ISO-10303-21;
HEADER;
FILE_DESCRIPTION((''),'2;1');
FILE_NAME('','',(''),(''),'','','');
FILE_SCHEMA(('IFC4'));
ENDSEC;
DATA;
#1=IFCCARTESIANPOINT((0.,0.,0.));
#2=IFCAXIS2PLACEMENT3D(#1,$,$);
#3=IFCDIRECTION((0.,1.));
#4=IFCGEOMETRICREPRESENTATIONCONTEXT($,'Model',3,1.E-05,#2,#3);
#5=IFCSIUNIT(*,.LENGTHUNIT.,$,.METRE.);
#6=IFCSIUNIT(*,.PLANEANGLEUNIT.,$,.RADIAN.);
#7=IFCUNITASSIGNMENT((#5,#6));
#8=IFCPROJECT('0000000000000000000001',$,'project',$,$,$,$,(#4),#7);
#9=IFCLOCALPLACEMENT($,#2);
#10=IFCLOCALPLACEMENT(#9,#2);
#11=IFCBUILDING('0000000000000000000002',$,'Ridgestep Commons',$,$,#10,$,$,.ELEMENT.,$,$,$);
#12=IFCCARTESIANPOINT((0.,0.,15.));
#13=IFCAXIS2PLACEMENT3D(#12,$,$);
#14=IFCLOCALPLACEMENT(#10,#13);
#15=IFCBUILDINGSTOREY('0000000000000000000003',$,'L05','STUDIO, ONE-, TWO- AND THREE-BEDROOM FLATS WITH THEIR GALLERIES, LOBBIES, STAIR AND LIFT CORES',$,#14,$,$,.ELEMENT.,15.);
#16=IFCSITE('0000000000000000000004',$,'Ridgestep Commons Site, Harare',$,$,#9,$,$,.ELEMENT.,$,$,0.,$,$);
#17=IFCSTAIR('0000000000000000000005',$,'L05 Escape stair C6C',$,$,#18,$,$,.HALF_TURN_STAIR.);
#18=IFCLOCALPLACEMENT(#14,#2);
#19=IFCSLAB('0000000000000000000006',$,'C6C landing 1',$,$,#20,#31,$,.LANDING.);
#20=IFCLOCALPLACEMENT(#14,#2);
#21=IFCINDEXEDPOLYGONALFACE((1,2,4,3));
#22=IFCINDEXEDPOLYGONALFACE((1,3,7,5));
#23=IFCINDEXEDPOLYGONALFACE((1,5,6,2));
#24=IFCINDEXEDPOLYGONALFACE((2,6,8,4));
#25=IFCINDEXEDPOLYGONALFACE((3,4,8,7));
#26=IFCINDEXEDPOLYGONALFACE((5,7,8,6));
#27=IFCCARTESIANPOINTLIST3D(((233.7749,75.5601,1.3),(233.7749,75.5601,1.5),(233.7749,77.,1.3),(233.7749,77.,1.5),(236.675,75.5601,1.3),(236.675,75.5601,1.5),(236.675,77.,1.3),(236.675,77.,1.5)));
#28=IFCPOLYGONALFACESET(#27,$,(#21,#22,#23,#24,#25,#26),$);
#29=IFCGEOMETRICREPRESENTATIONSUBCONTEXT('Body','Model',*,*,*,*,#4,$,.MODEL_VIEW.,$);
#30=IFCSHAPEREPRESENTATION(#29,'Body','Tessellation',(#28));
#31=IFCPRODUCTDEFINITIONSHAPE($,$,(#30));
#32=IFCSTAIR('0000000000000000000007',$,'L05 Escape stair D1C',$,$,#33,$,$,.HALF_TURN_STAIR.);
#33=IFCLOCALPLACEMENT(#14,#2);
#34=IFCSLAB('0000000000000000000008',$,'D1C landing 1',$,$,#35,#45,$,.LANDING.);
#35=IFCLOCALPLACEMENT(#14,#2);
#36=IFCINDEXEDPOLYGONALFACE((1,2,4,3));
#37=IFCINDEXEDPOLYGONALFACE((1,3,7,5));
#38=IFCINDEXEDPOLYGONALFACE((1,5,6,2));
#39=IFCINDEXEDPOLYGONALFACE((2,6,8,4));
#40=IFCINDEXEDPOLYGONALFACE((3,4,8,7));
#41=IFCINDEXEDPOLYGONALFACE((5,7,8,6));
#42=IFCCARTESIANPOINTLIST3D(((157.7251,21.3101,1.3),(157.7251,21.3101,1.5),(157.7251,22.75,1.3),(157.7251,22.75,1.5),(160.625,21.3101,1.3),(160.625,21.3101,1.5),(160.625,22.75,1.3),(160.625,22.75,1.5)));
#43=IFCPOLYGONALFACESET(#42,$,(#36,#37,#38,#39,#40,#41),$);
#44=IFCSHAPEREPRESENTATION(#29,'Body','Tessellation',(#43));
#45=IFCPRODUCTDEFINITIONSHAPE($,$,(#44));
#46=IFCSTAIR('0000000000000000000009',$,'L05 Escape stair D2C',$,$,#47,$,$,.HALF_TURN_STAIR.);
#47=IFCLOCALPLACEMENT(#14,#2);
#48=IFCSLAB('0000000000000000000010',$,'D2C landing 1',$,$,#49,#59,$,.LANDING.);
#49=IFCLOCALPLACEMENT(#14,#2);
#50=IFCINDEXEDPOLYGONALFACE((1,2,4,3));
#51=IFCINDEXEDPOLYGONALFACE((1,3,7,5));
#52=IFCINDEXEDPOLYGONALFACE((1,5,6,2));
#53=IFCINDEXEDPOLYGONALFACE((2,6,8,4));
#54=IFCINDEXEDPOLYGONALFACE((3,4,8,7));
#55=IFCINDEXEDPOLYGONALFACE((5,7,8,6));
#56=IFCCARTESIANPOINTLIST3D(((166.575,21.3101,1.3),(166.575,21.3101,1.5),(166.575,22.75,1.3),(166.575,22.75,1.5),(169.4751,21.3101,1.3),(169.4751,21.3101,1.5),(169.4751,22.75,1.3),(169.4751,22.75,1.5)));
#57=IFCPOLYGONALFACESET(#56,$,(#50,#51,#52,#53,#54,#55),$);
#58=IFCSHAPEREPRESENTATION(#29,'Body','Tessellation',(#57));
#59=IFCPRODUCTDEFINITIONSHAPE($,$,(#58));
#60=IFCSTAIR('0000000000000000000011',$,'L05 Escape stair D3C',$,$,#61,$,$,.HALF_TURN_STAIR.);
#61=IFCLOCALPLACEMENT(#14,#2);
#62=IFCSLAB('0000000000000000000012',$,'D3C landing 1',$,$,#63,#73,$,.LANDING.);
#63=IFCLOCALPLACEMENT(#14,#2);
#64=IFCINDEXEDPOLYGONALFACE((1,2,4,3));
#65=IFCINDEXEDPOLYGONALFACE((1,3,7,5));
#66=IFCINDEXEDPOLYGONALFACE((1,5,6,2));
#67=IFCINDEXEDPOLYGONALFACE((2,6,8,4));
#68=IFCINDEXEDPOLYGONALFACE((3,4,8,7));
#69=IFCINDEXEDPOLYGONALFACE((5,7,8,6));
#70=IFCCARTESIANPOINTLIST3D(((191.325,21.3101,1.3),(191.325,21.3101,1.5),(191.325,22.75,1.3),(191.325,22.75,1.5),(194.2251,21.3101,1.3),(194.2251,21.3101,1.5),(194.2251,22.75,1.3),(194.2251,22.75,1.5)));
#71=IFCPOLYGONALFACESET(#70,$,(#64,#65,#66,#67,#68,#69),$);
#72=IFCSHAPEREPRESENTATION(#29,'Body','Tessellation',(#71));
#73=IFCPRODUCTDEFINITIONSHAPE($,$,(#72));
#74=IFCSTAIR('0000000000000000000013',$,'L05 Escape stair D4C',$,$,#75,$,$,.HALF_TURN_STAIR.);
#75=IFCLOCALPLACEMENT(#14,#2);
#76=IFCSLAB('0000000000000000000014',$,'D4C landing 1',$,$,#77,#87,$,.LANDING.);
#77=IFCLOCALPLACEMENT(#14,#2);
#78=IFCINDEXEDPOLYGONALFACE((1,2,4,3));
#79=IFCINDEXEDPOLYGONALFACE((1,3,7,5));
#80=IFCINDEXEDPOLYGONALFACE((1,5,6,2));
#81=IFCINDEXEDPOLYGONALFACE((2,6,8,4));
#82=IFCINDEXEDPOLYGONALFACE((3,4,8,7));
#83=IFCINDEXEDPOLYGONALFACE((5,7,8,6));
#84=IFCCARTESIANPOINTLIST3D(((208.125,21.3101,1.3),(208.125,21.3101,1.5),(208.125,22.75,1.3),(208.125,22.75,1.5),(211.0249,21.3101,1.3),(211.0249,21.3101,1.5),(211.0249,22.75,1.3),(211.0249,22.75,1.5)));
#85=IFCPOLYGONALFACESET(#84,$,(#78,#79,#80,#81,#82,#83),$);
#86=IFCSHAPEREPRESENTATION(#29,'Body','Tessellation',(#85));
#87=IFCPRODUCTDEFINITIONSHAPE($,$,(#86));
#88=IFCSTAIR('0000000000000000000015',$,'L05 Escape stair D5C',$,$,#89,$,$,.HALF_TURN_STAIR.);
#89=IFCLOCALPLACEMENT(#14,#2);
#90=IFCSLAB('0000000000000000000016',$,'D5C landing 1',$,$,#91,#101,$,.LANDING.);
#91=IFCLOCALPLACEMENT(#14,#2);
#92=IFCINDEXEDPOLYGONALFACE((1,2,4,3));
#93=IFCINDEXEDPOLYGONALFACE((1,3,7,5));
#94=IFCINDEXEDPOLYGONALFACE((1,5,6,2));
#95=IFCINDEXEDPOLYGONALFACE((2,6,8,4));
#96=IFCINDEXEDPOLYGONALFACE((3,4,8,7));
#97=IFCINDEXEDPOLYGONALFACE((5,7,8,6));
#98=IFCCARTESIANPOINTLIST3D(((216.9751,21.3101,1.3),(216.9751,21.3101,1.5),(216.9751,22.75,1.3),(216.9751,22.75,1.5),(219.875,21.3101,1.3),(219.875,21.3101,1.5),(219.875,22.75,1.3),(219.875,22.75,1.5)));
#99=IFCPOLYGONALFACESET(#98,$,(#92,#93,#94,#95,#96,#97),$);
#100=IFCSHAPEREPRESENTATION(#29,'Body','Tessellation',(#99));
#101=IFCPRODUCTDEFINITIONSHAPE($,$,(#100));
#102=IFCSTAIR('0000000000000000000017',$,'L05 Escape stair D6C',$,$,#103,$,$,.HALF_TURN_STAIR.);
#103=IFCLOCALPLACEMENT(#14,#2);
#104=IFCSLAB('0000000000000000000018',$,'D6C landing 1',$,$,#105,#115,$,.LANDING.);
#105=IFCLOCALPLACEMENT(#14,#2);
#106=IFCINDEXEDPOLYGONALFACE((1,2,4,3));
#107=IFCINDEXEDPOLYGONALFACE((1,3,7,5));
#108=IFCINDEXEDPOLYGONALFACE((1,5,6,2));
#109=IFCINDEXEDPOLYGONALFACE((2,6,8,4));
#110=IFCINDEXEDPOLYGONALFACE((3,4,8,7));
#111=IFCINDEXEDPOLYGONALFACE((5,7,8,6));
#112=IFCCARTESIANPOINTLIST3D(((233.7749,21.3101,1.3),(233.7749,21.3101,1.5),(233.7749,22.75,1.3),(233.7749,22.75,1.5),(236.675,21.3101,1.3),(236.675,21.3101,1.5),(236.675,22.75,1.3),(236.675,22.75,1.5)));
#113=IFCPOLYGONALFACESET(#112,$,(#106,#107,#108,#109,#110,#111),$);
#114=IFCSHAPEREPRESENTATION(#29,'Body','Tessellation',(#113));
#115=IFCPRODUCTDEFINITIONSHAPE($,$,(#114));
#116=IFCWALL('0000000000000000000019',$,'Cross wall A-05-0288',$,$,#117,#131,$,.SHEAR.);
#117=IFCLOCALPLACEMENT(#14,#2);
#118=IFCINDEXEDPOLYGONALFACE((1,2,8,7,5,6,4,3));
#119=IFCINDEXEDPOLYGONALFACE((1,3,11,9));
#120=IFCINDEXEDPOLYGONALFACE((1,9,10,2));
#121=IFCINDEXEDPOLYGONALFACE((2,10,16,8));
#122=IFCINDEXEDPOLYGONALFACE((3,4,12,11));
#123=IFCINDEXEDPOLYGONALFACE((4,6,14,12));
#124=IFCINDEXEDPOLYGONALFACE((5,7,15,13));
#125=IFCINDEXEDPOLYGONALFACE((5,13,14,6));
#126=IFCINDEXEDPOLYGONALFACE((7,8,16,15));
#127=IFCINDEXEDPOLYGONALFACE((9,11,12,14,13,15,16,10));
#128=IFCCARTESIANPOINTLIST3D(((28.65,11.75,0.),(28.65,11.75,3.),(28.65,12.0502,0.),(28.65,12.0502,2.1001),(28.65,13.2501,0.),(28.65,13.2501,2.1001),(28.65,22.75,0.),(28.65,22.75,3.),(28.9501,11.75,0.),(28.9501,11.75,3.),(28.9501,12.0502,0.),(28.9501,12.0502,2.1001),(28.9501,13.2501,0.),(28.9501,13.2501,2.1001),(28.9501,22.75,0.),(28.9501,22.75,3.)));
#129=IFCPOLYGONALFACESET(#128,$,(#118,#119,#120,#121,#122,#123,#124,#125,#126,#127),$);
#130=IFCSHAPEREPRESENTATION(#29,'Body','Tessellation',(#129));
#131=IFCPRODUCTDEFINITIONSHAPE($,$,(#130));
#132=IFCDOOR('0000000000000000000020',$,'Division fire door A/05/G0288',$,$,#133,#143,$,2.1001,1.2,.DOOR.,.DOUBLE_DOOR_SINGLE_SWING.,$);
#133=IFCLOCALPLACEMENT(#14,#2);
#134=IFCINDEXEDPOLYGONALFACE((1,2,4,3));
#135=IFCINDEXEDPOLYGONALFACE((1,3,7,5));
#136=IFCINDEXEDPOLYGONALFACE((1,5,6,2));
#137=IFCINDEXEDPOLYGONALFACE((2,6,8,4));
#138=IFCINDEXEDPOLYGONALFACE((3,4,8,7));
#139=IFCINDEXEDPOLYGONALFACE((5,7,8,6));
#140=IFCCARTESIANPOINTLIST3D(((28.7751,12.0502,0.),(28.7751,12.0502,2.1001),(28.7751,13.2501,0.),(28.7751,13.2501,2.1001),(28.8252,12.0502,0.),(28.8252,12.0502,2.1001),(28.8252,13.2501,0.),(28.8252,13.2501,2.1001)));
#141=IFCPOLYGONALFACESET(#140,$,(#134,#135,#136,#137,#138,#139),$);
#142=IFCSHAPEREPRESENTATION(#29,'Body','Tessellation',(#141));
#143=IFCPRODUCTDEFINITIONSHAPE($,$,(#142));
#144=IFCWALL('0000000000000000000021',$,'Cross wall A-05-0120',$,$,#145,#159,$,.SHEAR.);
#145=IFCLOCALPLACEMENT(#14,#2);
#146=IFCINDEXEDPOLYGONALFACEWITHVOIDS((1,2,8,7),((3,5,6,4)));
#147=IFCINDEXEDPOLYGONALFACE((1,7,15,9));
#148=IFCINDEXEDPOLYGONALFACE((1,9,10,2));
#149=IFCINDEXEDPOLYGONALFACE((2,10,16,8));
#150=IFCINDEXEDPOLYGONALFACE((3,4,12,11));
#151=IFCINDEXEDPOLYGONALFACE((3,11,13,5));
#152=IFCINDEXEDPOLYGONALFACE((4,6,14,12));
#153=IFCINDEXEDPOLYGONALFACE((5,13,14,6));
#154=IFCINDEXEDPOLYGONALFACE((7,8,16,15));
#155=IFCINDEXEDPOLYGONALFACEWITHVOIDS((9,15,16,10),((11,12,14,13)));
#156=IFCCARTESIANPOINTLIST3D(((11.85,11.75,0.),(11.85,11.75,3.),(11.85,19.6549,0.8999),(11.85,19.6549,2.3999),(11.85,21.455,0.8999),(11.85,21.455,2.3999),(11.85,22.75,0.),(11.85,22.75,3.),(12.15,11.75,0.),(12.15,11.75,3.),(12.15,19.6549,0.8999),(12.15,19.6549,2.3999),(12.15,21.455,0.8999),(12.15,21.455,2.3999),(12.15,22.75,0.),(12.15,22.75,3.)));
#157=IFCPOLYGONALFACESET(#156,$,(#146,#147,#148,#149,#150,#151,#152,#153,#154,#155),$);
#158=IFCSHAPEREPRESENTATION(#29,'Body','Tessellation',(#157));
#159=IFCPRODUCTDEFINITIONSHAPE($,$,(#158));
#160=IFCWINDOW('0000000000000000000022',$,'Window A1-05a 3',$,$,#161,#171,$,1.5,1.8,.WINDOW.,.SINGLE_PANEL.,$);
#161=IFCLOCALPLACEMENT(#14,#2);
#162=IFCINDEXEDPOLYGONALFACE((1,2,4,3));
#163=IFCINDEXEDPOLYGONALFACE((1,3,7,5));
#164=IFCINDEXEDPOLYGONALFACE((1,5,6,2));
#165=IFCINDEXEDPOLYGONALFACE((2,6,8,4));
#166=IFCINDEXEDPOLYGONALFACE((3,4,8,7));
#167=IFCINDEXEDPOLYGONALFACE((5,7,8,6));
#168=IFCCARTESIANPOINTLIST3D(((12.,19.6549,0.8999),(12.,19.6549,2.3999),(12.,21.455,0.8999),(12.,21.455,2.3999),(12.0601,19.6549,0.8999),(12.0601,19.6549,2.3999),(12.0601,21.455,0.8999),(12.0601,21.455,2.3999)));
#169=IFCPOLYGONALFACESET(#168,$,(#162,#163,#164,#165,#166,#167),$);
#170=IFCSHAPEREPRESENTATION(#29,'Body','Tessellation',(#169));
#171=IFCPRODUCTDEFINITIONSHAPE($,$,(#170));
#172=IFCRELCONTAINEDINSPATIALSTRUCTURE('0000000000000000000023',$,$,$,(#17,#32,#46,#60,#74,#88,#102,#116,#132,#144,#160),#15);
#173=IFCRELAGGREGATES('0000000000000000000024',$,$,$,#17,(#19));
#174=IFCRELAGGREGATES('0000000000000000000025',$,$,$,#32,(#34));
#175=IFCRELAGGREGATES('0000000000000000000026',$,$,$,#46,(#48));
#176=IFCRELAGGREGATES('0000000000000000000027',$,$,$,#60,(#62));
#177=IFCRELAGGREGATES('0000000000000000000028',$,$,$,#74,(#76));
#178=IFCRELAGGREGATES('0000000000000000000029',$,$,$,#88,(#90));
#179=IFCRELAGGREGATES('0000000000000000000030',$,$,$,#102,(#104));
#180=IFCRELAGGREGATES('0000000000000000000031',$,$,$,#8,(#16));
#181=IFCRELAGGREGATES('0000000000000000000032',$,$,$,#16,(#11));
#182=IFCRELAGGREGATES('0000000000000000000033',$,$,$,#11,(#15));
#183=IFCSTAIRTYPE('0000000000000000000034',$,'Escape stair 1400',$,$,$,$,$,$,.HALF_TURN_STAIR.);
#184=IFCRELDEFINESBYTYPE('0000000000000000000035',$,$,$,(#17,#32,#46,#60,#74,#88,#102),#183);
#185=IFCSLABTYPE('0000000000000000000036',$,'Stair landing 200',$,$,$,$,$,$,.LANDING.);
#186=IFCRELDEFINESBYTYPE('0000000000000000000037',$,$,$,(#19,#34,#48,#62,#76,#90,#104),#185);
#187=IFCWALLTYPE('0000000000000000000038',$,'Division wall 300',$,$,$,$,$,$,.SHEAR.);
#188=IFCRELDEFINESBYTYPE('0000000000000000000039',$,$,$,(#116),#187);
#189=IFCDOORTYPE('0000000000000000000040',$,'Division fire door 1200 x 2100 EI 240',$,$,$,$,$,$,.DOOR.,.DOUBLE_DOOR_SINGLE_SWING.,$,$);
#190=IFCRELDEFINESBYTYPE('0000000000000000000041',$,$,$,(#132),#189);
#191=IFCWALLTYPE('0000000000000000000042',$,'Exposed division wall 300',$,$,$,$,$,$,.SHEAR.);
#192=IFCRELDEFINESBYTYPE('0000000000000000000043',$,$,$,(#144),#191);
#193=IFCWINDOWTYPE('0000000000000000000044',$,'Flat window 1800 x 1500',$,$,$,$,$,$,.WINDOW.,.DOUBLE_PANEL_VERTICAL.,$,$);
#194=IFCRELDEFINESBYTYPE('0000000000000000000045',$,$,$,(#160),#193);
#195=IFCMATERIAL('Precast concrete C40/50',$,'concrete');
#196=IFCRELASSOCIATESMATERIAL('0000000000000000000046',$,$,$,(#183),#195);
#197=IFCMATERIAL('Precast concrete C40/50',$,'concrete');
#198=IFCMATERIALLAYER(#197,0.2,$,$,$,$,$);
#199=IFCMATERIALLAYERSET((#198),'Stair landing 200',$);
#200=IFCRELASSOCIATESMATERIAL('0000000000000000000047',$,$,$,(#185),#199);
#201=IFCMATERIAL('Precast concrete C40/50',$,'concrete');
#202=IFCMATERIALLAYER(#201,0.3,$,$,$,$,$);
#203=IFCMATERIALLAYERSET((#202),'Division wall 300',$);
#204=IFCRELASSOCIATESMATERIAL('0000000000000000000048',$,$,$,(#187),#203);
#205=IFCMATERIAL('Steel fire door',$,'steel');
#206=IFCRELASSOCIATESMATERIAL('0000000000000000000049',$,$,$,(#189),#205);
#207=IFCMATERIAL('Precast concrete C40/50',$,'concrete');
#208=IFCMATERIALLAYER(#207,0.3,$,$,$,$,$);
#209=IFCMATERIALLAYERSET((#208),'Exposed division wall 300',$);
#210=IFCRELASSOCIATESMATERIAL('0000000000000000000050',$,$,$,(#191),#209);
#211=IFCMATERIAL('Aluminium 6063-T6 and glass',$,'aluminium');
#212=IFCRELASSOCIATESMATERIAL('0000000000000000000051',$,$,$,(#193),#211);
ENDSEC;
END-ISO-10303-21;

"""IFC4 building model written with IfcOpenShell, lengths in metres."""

from ifc_helpers import new_model, si_unit, direction, frame, frame_2d, origin, place, context, subcontext, project, spatial, polyline, rectangle, outline, extrude, material, layer, layer_set, type_object, element, fill, aggregate, save


model = new_model("IFC4")

# Units and contexts
model_context = context("Model", 3, precision=1e-05, world=origin(), true_north=direction((0.0, 1.0)))
body_context = subcontext(model_context, "Body", "Model", "MODEL_VIEW")
ifc_project = project(units=[si_unit("LENGTHUNIT", "METRE"), si_unit("PLANEANGLEUNIT", "RADIAN")], contexts=[model_context])

# Site, building, storey
site_placement = place(None, origin())
site = spatial("IfcSite", under=ifc_project, at=site_placement, Name="Ridgestep Commons Site, Harare", CompositionType="ELEMENT", RefElevation=0.0)
building_placement = place(site_placement, origin())
building = spatial("IfcBuilding", under=site, at=building_placement, Name="Ridgestep Commons", CompositionType="ELEMENT")
storey_placement = place(building_placement, frame((0.0, 0.0, 15.0)))
storey = spatial("IfcBuildingStorey", under=building, at=storey_placement, Name="L05", Description="STUDIO, ONE-, TWO- AND THREE-BEDROOM FLATS WITH THEIR GALLERIES, LOBBIES, STAIR AND LIFT CORES", CompositionType="ELEMENT", Elevation=15.0)

# Stairs, slabs
ifc_material_1 = material(Name="Precast concrete C40/50", Category="concrete")
stair_type = type_object("IfcStairType", Name="Escape stair 1400", PredefinedType="HALF_TURN_STAIR", material=ifc_material_1)
ifc_material_2 = material(Name="Precast concrete C40/50", Category="concrete")
ifc_layer_1 = layer(ifc_material_2, 0.2)
ifc_layer_set_1 = layer_set([ifc_layer_1], Name="Stair landing 200")
slab_type = type_object("IfcSlabType", Name="Stair landing 200", PredefinedType="LANDING", material=ifc_layer_set_1)
stair_1_placement = place(storey_placement, origin())
stair_1 = element("IfcStair", 1, at=stair_1_placement, inside=storey, type_object=stair_type, Name="L05 Escape stair C6C", PredefinedType="HALF_TURN_STAIR")
slab_1_placement = place(storey_placement, frame((0.0, 0.0, 1.3)))
slab_1 = element("IfcSlab", 2, at=slab_1_placement, type_object=slab_type, Name="C6C landing 1", PredefinedType="LANDING", context=body_context, shape_type="SweptSolid", body=[
    extrude(outline(polyline([(236.675, 75.5601), (236.675, 77.0), (233.7749, 77.0), (233.7749, 75.5601), (236.675, 75.5601)])), origin(), (0.0, 0.0, 1.0), 0.2),
])
aggregate(stair_1, [slab_1])
stair_2_placement = place(storey_placement, origin())
stair_2 = element("IfcStair", 3, at=stair_2_placement, inside=storey, type_object=stair_type, Name="L05 Escape stair D1C", PredefinedType="HALF_TURN_STAIR")
slab_2_placement = place(storey_placement, frame((0.0, 0.0, 1.3)))
slab_2 = element("IfcSlab", 4, at=slab_2_placement, type_object=slab_type, Name="D1C landing 1", PredefinedType="LANDING", context=body_context, shape_type="SweptSolid", body=[
    extrude(outline(polyline([(160.625, 21.3101), (160.625, 22.75), (157.7251, 22.75), (157.7251, 21.3101), (160.625, 21.3101)])), origin(), (0.0, 0.0, 1.0), 0.2),
])
aggregate(stair_2, [slab_2])
stair_3_placement = place(storey_placement, origin())
stair_3 = element("IfcStair", 5, at=stair_3_placement, inside=storey, type_object=stair_type, Name="L05 Escape stair D2C", PredefinedType="HALF_TURN_STAIR")
slab_3_placement = place(storey_placement, frame((0.0, 0.0, 1.3)))
slab_3 = element("IfcSlab", 6, at=slab_3_placement, type_object=slab_type, Name="D2C landing 1", PredefinedType="LANDING", context=body_context, shape_type="SweptSolid", body=[
    extrude(outline(polyline([(169.4751, 21.3101), (169.4751, 22.75), (166.575, 22.75), (166.575, 21.3101), (169.4751, 21.3101)])), origin(), (0.0, 0.0, 1.0), 0.2),
])
aggregate(stair_3, [slab_3])
stair_4_placement = place(storey_placement, origin())
stair_4 = element("IfcStair", 7, at=stair_4_placement, inside=storey, type_object=stair_type, Name="L05 Escape stair D3C", PredefinedType="HALF_TURN_STAIR")
slab_4_placement = place(storey_placement, frame((0.0, 0.0, 1.3)))
slab_4 = element("IfcSlab", 8, at=slab_4_placement, type_object=slab_type, Name="D3C landing 1", PredefinedType="LANDING", context=body_context, shape_type="SweptSolid", body=[
    extrude(outline(polyline([(194.2251, 21.3101), (194.2251, 22.75), (191.325, 22.75), (191.325, 21.3101), (194.2251, 21.3101)])), origin(), (0.0, 0.0, 1.0), 0.2),
])
aggregate(stair_4, [slab_4])
stair_5_placement = place(storey_placement, origin())
stair_5 = element("IfcStair", 9, at=stair_5_placement, inside=storey, type_object=stair_type, Name="L05 Escape stair D4C", PredefinedType="HALF_TURN_STAIR")
slab_5_placement = place(storey_placement, frame((0.0, 0.0, 1.3)))
slab_5 = element("IfcSlab", 10, at=slab_5_placement, type_object=slab_type, Name="D4C landing 1", PredefinedType="LANDING", context=body_context, shape_type="SweptSolid", body=[
    extrude(outline(polyline([(211.0249, 21.3101), (211.0249, 22.75), (208.125, 22.75), (208.125, 21.3101), (211.0249, 21.3101)])), origin(), (0.0, 0.0, 1.0), 0.2),
])
aggregate(stair_5, [slab_5])
stair_6_placement = place(storey_placement, origin())
stair_6 = element("IfcStair", 11, at=stair_6_placement, inside=storey, type_object=stair_type, Name="L05 Escape stair D5C", PredefinedType="HALF_TURN_STAIR")
slab_6_placement = place(storey_placement, frame((0.0, 0.0, 1.3)))
slab_6 = element("IfcSlab", 12, at=slab_6_placement, type_object=slab_type, Name="D5C landing 1", PredefinedType="LANDING", context=body_context, shape_type="SweptSolid", body=[
    extrude(outline(polyline([(219.875, 21.3101), (219.875, 22.75), (216.9751, 22.75), (216.9751, 21.3101), (219.875, 21.3101)])), origin(), (0.0, 0.0, 1.0), 0.2),
])
aggregate(stair_6, [slab_6])
stair_7_placement = place(storey_placement, origin())
stair_7 = element("IfcStair", 13, at=stair_7_placement, inside=storey, type_object=stair_type, Name="L05 Escape stair D6C", PredefinedType="HALF_TURN_STAIR")
slab_7_placement = place(storey_placement, frame((0.0, 0.0, 1.3)))
slab_7 = element("IfcSlab", 14, at=slab_7_placement, type_object=slab_type, Name="D6C landing 1", PredefinedType="LANDING", context=body_context, shape_type="SweptSolid", body=[
    extrude(outline(polyline([(236.675, 21.3101), (236.675, 22.75), (233.7749, 22.75), (233.7749, 21.3101), (236.675, 21.3101)])), origin(), (0.0, 0.0, 1.0), 0.2),
])
aggregate(stair_7, [slab_7])

# Wall, opening, door
ifc_material_3 = material(Name="Precast concrete C40/50", Category="concrete")
ifc_layer_2 = layer(ifc_material_3, 0.3)
ifc_layer_set_2 = layer_set([ifc_layer_2], Name="Division wall 300")
wall_type_1 = type_object("IfcWallType", Name="Division wall 300", PredefinedType="SHEAR", material=ifc_layer_set_2)
wall_1_placement = place(storey_placement, frame((28.8, 11.75, 0.0), z_axis=(0.0, 0.0, 1.0), x_axis=(0.0, 1.0, 0.0)))
wall_1 = element("IfcWall", 15, at=wall_1_placement, inside=storey, type_object=wall_type_1, Name="Cross wall A-05-0288", PredefinedType="SHEAR", context=body_context, shape_type="SweptSolid", body=[
    extrude(rectangle(XDim=11.0, YDim=0.3, at=frame_2d((5.5, 0.0))), origin(), (0.0, 0.0, 1.0), 3.0),
])
opening_1_placement = place(wall_1_placement, frame((0.3, 0.0, 0.0)))
opening_1 = element("IfcOpeningElement", 16, at=opening_1_placement, cuts=wall_1, PredefinedType="OPENING", context=body_context, shape_type="SweptSolid", body=[
    extrude(rectangle(XDim=1.2, YDim=2.1001, at=frame_2d((0.6001, 1.05))), frame((0.0, 0.1599, 0.0), z_axis=(0.0, -1.0, 0.0), x_axis=(1.0, 0.0, 0.0)), (0.0, 0.0, 1.0), 0.3201),
])
ifc_material_4 = material(Name="Steel fire door", Category="steel")
door_type = type_object("IfcDoorType", Name="Division fire door 1200 x 2100 EI 240", OperationType="DOUBLE_DOOR_SINGLE_SWING", PredefinedType="DOOR", material=ifc_material_4)
door_placement = place(opening_1_placement, origin())
door = element("IfcDoor", 17, at=door_placement, inside=storey, type_object=door_type, Name="Division fire door A/05/G0288", OperationType="DOUBLE_DOOR_SINGLE_SWING", OverallHeight=2.1001, OverallWidth=1.2, PredefinedType="DOOR", context=body_context, shape_type="SweptSolid", body=[
    extrude(rectangle(XDim=1.2, YDim=2.1001, at=frame_2d((0.6001, 1.05))), frame((0.0, 0.0249, 0.0), z_axis=(0.0, -1.0, 0.0), x_axis=(1.0, 0.0, 0.0)), (0.0, 0.0, 1.0), 0.05),
])
fill(opening_1, door)

# Wall, opening, window
ifc_material_5 = material(Name="Precast concrete C40/50", Category="concrete")
ifc_layer_3 = layer(ifc_material_5, 0.3)
ifc_layer_set_3 = layer_set([ifc_layer_3], Name="Exposed division wall 300")
wall_type_2 = type_object("IfcWallType", Name="Exposed division wall 300", PredefinedType="SHEAR", material=ifc_layer_set_3)
wall_2_placement = place(storey_placement, frame((12.0, 11.75, 0.0), z_axis=(0.0, 0.0, 1.0), x_axis=(0.0, 1.0, 0.0)))
wall_2 = element("IfcWall", 18, at=wall_2_placement, inside=storey, type_object=wall_type_2, Name="Cross wall A-05-0120", PredefinedType="SHEAR", context=body_context, shape_type="SweptSolid", body=[
    extrude(rectangle(XDim=11.0, YDim=0.3, at=frame_2d((5.5, 0.0))), origin(), (0.0, 0.0, 1.0), 3.0),
])
opening_2_placement = place(wall_2_placement, frame((7.905, 0.0, 0.8999)))
opening_2 = element("IfcOpeningElement", 19, at=opening_2_placement, cuts=wall_2, PredefinedType="OPENING", context=body_context, shape_type="SweptSolid", body=[
    extrude(rectangle(XDim=1.8, YDim=1.5, at=frame_2d((0.8999, 0.75))), frame((0.0, 0.1599, 0.0), z_axis=(0.0, -1.0, 0.0), x_axis=(1.0, 0.0, 0.0)), (0.0, 0.0, 1.0), 0.3201),
])
ifc_material_6 = material(Name="Aluminium 6063-T6 and glass", Category="aluminium")
window_type = type_object("IfcWindowType", Name="Flat window 1800 x 1500", PartitioningType="DOUBLE_PANEL_VERTICAL", PredefinedType="WINDOW", material=ifc_material_6)
window_placement = place(opening_2_placement, origin())
window = element("IfcWindow", 20, at=window_placement, inside=storey, type_object=window_type, Name="Window A1-05a 3", OverallHeight=1.5, OverallWidth=1.8, PartitioningType="SINGLE_PANEL", PredefinedType="WINDOW", context=body_context, shape_type="SweptSolid", body=[
    extrude(rectangle(XDim=1.8, YDim=1.5, at=frame_2d((0.8999, 0.75))), frame((0.0, 0.0, 0.0), z_axis=(0.0, -1.0, 0.0), x_axis=(1.0, 0.0, 0.0)), (0.0, 0.0, 1.0), 0.0601),
])
fill(opening_2, window)

save(model, "model.ifc")
